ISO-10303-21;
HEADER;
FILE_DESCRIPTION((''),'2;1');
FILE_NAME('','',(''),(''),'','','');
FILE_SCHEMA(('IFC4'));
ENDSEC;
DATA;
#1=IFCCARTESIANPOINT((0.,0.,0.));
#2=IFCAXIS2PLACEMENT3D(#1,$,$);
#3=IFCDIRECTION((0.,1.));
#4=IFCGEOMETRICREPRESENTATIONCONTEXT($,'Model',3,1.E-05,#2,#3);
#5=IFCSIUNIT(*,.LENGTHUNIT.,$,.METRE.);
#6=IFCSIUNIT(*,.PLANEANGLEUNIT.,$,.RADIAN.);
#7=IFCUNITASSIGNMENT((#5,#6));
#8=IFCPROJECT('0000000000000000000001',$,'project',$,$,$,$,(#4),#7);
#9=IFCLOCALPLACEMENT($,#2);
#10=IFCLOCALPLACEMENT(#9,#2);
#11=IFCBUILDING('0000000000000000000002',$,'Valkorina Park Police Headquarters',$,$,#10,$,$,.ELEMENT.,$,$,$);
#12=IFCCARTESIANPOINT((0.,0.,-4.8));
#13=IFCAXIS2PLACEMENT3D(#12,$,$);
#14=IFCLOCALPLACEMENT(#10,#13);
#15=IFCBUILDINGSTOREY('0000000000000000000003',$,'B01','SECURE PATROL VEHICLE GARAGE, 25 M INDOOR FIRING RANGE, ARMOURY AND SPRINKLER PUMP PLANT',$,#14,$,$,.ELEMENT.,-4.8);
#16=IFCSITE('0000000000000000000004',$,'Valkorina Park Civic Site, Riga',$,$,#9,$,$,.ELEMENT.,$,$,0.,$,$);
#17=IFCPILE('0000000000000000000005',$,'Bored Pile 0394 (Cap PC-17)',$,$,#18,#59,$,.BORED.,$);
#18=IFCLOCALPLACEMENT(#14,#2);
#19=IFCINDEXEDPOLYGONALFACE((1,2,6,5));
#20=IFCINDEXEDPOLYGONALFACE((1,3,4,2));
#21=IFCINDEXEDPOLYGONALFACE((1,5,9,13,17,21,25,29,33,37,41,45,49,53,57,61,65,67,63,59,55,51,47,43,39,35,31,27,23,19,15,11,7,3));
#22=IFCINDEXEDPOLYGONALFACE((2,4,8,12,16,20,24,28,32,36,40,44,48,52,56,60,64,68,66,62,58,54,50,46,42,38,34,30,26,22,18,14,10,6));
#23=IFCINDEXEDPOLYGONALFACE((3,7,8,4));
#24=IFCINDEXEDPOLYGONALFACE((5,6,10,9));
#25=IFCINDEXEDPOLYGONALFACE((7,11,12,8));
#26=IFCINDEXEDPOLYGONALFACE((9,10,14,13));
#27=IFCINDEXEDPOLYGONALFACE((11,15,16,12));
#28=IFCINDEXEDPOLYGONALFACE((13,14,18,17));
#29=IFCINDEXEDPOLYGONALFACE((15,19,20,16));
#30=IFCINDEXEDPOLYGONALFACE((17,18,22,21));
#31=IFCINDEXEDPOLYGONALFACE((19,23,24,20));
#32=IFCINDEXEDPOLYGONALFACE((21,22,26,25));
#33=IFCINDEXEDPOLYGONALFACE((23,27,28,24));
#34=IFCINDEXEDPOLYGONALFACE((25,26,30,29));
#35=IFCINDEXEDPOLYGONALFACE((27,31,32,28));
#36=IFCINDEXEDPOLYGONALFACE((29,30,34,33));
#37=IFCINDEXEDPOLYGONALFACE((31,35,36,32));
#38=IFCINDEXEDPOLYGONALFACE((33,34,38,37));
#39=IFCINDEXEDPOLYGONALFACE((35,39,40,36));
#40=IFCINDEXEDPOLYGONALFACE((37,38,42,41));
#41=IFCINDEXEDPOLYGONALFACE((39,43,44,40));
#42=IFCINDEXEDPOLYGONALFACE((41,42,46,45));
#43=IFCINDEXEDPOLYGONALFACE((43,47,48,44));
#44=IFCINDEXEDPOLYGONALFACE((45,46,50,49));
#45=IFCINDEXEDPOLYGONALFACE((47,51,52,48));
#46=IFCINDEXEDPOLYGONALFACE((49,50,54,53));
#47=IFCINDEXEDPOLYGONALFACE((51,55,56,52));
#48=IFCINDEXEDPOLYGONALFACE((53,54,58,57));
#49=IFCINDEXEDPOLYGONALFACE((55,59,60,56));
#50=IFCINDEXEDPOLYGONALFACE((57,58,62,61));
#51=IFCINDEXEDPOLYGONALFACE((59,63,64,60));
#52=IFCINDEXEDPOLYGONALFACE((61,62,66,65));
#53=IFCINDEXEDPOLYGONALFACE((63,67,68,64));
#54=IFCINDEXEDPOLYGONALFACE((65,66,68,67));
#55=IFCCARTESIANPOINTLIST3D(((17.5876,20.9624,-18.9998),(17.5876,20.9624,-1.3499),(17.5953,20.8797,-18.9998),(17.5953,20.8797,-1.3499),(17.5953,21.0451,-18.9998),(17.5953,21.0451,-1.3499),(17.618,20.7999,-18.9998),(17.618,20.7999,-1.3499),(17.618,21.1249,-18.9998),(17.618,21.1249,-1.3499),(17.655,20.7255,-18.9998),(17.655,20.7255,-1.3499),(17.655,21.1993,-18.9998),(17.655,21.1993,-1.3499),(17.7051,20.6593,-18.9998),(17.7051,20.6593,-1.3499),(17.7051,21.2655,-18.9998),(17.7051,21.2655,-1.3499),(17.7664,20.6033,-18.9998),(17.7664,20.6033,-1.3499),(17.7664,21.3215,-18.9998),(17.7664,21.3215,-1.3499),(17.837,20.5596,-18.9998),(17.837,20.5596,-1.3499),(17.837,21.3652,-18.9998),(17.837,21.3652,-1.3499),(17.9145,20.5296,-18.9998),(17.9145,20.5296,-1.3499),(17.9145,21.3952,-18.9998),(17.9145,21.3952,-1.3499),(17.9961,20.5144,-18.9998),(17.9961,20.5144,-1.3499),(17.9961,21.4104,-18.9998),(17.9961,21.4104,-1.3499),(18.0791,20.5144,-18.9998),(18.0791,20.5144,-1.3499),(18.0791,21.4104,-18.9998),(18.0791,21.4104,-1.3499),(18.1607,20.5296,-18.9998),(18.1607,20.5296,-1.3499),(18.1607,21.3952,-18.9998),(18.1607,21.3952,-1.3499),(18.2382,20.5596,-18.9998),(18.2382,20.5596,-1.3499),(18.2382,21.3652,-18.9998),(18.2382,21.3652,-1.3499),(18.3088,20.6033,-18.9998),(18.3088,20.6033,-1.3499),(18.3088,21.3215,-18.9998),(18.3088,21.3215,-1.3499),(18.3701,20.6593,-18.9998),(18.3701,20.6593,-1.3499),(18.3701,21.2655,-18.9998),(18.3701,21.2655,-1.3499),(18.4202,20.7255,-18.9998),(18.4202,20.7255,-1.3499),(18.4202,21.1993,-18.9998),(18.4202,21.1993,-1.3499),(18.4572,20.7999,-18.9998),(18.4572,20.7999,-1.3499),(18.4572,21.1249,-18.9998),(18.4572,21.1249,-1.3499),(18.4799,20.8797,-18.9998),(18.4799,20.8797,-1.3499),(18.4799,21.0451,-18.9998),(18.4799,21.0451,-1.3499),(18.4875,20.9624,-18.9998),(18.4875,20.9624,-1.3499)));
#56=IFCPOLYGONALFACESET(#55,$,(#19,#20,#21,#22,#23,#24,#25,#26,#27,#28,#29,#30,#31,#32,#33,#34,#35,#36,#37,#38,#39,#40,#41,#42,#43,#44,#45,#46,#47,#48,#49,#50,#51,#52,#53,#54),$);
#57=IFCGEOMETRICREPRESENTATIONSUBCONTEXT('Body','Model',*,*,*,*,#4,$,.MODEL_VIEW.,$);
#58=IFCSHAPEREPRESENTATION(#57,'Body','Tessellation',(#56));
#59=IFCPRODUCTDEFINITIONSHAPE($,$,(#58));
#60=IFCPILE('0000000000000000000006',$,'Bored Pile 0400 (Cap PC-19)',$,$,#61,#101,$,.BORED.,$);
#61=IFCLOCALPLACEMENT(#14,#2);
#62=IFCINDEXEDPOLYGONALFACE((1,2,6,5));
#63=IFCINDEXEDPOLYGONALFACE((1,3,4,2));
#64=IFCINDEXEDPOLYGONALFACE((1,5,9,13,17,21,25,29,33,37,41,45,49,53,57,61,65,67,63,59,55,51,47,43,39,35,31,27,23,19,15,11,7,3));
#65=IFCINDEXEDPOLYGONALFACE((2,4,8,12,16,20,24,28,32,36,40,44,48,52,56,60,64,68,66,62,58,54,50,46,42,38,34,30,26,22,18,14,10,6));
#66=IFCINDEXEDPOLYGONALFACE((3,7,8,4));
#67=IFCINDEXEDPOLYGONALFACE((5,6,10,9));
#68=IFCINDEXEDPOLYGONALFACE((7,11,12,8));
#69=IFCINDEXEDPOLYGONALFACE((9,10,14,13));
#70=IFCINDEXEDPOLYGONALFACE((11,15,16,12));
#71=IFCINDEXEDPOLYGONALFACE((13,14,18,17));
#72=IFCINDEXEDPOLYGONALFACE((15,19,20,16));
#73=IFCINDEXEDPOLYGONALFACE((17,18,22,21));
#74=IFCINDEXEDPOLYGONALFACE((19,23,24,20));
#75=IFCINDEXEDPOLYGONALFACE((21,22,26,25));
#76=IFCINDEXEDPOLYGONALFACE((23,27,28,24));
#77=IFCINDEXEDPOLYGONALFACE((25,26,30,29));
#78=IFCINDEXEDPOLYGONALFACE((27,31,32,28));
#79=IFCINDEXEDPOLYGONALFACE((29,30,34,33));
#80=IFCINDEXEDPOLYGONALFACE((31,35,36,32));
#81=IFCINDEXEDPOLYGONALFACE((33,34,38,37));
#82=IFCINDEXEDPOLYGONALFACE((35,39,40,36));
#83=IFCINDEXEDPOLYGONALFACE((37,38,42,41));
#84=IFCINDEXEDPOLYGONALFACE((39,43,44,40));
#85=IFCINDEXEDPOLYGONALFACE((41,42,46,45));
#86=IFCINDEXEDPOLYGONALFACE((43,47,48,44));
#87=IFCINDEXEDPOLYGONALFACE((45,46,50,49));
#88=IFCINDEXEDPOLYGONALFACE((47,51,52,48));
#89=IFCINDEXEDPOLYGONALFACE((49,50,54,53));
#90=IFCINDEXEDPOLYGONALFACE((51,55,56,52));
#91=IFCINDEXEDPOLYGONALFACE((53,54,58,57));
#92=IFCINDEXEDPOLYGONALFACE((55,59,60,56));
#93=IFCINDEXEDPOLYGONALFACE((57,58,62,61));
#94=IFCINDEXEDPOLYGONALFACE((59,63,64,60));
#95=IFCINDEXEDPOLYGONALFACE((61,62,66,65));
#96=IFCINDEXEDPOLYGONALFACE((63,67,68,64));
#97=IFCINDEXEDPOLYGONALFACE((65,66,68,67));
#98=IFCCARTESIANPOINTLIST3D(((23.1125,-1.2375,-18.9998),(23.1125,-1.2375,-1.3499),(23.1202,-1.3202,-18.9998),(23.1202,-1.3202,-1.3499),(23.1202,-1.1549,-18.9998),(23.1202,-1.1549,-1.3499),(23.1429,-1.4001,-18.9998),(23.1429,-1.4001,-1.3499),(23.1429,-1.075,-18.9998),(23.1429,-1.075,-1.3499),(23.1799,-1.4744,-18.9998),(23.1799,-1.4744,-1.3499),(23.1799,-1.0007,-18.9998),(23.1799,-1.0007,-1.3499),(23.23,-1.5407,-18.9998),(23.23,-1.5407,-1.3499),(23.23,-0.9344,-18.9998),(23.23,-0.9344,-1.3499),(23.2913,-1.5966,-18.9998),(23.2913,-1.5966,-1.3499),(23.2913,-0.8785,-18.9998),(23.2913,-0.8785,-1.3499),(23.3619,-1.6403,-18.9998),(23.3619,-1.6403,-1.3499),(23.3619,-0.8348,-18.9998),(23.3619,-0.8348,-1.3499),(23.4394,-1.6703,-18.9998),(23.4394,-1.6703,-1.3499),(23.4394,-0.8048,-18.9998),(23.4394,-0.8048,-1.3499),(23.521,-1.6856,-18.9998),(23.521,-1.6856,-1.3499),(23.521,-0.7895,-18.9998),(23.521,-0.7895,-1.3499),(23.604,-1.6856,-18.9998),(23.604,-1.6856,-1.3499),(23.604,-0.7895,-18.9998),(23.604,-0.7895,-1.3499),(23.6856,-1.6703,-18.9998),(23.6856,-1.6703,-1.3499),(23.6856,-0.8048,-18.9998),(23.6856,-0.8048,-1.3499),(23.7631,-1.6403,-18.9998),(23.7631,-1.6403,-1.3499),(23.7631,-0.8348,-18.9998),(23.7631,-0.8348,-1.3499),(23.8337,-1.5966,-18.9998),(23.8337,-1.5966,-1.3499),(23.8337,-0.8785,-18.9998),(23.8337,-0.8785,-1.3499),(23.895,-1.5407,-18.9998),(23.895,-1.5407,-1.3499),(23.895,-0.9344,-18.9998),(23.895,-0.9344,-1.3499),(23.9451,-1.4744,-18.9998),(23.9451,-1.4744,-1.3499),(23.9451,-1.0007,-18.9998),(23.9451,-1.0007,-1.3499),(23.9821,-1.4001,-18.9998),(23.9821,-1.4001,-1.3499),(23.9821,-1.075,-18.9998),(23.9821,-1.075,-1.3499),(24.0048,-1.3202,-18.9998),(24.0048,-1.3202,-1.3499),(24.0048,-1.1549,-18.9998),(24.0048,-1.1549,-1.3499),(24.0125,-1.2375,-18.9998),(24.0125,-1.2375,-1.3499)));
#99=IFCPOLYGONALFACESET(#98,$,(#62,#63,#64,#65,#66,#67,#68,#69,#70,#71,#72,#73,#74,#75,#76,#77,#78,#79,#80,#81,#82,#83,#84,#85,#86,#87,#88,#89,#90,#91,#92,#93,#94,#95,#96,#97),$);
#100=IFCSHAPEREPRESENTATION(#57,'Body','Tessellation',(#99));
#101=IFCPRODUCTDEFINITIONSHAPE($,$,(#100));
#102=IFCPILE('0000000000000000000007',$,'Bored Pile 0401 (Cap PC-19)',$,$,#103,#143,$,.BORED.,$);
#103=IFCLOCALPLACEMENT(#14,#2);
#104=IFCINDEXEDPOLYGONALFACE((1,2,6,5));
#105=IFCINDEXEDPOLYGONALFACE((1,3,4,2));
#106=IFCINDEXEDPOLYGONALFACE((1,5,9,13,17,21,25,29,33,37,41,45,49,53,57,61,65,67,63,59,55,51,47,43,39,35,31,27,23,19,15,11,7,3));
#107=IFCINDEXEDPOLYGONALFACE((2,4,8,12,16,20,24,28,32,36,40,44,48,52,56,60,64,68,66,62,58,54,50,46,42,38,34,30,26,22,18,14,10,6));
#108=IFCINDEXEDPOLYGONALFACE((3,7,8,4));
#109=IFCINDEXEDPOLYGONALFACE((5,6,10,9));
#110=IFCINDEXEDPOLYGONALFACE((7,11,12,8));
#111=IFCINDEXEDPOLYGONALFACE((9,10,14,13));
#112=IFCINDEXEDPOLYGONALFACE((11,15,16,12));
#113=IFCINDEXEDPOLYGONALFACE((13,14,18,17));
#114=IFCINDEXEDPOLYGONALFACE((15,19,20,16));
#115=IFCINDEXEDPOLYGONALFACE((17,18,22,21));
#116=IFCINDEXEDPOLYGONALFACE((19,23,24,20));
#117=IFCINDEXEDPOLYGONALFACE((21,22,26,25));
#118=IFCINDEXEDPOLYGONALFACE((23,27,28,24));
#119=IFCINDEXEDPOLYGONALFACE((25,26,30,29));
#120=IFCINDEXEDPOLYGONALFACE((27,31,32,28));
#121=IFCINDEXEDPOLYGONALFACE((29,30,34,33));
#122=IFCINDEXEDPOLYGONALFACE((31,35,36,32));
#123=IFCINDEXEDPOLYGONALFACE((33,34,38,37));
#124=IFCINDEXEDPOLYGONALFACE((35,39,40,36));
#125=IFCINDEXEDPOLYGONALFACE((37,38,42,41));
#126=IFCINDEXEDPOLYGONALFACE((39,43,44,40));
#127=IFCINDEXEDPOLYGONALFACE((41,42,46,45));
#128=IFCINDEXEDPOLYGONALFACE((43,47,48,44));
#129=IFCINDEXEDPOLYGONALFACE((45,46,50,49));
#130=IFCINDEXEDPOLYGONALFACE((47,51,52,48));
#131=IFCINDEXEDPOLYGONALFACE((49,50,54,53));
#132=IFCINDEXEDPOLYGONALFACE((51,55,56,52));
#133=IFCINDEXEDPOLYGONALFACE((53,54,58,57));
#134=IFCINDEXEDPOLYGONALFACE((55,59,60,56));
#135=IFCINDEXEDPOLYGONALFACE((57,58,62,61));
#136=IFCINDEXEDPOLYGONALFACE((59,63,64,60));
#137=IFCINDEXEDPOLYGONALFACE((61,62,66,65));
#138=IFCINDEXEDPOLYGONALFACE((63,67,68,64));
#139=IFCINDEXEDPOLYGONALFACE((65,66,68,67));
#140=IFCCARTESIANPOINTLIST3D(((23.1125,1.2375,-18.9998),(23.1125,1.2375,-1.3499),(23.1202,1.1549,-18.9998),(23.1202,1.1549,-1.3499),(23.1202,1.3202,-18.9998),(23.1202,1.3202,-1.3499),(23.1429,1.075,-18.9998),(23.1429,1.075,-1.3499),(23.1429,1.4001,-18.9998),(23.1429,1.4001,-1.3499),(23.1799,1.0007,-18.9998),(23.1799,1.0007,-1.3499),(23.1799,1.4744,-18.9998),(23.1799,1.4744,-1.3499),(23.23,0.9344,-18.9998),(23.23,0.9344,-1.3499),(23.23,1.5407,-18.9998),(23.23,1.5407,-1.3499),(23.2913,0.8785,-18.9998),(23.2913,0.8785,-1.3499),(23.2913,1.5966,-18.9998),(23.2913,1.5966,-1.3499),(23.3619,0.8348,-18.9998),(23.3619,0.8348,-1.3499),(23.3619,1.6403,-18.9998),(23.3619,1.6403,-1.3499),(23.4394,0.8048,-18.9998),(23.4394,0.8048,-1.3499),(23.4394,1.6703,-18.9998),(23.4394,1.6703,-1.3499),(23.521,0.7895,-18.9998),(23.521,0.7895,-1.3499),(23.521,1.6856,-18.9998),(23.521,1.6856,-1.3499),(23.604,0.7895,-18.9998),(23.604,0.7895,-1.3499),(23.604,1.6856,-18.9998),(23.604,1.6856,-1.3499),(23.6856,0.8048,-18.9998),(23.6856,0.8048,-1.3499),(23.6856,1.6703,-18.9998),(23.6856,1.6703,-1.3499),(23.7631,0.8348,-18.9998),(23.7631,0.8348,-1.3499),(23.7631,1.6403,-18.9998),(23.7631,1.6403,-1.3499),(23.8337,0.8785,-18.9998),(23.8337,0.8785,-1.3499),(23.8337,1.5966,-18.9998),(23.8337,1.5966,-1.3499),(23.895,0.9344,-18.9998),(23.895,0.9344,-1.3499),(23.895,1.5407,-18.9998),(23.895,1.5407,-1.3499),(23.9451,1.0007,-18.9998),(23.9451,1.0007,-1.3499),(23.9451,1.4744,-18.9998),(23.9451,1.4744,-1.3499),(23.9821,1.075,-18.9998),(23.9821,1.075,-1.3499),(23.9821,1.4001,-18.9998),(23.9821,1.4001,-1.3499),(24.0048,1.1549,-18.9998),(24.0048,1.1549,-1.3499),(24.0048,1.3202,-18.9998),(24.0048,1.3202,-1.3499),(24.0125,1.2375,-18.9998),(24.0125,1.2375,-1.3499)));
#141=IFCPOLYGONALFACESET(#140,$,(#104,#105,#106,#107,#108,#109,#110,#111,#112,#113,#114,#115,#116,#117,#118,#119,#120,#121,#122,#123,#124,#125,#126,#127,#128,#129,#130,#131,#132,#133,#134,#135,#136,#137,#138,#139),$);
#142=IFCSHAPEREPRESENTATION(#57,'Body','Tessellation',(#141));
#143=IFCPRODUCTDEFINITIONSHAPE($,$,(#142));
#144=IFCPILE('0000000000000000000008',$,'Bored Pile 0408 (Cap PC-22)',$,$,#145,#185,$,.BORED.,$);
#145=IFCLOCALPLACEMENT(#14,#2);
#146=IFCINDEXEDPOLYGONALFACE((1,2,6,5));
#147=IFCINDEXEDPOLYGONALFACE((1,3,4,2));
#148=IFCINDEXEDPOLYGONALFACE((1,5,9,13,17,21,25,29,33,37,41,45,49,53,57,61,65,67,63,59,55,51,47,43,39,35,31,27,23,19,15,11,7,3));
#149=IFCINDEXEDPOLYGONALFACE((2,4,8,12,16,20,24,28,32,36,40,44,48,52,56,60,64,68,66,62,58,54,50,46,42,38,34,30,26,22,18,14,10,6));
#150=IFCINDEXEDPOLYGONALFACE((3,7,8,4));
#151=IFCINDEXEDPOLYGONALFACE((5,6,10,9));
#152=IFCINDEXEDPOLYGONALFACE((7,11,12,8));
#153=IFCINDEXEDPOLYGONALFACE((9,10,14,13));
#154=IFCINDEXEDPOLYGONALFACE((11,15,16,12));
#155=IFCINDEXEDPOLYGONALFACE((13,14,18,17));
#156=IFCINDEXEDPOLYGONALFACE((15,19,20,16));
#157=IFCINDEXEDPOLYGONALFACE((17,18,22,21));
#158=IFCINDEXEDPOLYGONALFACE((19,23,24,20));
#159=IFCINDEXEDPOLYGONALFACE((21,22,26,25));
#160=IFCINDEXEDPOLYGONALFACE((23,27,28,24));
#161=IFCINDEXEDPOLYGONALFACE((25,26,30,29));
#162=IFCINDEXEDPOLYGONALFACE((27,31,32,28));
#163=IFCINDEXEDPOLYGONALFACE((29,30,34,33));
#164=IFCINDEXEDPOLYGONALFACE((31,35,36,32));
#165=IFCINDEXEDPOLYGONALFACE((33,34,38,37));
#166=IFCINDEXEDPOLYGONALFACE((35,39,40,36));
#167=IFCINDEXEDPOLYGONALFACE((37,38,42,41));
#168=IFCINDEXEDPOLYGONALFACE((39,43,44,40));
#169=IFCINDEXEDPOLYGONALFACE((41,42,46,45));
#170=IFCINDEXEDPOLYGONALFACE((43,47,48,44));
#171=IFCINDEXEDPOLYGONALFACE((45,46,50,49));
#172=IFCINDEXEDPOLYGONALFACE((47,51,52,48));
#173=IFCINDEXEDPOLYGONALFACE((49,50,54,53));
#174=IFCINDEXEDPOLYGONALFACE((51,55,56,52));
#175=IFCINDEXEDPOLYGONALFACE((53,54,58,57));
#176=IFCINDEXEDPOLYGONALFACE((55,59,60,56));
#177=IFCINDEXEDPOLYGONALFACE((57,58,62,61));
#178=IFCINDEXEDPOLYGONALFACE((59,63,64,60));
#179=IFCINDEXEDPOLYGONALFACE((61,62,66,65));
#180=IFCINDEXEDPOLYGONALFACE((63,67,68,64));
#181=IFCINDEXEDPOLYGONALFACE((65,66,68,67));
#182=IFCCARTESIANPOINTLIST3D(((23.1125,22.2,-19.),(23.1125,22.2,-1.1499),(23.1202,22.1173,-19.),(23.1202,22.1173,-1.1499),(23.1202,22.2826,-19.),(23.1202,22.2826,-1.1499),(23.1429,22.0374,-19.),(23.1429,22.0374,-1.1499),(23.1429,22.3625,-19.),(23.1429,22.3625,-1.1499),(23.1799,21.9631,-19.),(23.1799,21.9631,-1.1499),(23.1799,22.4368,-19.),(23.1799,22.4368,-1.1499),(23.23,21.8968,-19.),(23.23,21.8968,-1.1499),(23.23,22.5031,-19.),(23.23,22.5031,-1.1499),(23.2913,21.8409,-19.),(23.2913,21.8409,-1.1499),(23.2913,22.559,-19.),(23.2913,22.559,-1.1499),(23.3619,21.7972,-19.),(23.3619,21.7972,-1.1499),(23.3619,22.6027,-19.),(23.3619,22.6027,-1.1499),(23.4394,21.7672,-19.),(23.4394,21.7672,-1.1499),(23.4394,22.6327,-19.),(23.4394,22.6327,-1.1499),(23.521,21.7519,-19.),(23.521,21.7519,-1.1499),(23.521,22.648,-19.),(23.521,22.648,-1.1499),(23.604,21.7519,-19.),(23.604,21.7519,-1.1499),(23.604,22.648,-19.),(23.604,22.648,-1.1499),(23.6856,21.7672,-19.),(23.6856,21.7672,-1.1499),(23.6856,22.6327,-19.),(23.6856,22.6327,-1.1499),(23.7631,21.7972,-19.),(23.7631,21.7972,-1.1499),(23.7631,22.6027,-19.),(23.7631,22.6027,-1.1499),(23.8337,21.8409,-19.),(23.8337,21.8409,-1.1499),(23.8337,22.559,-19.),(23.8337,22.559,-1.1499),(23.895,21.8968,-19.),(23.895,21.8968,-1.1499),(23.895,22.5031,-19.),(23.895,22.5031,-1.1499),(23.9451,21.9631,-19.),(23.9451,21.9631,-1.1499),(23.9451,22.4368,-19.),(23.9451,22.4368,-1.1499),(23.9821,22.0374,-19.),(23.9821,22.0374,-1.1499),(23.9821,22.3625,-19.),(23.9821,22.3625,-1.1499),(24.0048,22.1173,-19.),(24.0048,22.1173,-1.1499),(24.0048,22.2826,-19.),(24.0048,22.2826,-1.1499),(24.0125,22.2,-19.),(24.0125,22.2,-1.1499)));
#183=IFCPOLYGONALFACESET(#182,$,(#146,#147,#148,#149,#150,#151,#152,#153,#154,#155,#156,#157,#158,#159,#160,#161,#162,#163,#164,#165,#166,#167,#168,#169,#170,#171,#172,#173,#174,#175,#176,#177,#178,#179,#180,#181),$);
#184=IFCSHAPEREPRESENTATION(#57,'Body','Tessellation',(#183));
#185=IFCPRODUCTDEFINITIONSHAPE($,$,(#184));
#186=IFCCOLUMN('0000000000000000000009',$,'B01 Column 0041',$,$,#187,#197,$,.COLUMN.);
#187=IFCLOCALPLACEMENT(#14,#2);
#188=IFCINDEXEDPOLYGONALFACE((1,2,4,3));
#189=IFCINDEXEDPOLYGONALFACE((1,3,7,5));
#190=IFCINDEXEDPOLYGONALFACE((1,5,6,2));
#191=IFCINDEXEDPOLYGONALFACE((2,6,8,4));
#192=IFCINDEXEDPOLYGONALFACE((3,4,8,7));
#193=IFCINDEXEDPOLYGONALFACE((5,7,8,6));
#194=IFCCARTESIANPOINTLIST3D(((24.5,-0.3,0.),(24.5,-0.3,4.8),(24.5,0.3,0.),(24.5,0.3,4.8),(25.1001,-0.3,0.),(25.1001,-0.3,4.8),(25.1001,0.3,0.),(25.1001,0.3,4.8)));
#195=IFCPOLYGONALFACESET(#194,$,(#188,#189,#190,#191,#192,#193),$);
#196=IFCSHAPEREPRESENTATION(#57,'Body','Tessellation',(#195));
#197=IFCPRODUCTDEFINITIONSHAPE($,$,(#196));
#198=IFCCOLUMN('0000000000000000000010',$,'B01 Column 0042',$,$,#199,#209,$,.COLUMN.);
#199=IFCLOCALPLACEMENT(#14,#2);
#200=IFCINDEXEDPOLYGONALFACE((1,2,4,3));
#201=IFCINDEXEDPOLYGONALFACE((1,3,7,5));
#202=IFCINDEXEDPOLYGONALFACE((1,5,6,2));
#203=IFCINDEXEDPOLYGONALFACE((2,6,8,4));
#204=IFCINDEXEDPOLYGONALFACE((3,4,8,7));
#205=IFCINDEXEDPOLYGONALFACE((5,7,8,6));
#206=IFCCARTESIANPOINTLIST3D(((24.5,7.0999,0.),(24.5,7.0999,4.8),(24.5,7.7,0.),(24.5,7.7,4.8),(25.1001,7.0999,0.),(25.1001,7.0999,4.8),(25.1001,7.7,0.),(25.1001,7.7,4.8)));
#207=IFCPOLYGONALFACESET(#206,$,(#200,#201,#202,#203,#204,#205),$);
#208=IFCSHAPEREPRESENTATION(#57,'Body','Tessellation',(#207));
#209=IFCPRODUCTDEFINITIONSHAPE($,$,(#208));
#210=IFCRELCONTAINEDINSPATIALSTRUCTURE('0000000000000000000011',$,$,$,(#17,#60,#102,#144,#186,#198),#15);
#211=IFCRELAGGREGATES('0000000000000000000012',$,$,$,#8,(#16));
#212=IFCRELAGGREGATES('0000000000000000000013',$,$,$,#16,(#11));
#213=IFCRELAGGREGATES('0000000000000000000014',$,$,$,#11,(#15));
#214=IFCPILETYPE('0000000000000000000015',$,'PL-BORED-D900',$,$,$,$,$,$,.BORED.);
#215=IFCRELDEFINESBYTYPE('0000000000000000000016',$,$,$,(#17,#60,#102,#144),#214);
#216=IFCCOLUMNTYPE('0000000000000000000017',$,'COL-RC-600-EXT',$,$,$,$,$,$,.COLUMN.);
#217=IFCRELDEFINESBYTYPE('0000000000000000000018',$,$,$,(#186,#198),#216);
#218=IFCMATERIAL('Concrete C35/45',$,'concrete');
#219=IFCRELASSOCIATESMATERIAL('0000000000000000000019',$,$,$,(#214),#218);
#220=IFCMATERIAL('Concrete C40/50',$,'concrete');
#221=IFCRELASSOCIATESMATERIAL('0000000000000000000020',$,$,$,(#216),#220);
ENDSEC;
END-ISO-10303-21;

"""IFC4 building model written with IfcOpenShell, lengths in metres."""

from ifc_helpers import new_model, si_unit, direction, frame, origin, origin_2d, place, context, subcontext, project, spatial, rectangle, circle, extrude, material, material_profile, profile_set, type_object, element, save


model = new_model("IFC4")

# Units and contexts
model_context = context("Model", 3, precision=1e-05, world=origin(), true_north=direction((0.0, 1.0)))
body_context = subcontext(model_context, "Body", "Model", "MODEL_VIEW")
ifc_project = project(units=[si_unit("LENGTHUNIT", "METRE"), si_unit("PLANEANGLEUNIT", "RADIAN")], contexts=[model_context])

# Site, building, storey
site_placement = place(None, origin())
site = spatial("IfcSite", under=ifc_project, at=site_placement, Name="Valkorina Park Civic Site, Riga", CompositionType="ELEMENT", RefElevation=0.0)
building_placement = place(site_placement, origin())
building = spatial("IfcBuilding", under=site, at=building_placement, Name="Valkorina Park Police Headquarters", CompositionType="ELEMENT")
storey_placement = place(building_placement, frame((0.0, 0.0, -4.8)))
storey = spatial("IfcBuildingStorey", under=building, at=storey_placement, Name="B01", Description="SECURE PATROL VEHICLE GARAGE, 25 M INDOOR FIRING RANGE, ARMOURY AND SPRINKLER PUMP PLANT", CompositionType="ELEMENT", Elevation=-4.8)

# Shared definitions
ifc_material_1 = material(Name="Concrete C40/50", Category="concrete")

# Piles
ifc_material_2 = material(Name="Concrete C35/45", Category="concrete")
ifc_material_profile_1 = material_profile(ifc_material_2, circle(Radius=0.45, at=origin_2d()), Name="BORED PILE D900")
ifc_profile_set_1 = profile_set([ifc_material_profile_1], Name="Concrete C35/45")
pile_type_1 = type_object("IfcPileType", Name="PL-BORED-D900", PredefinedType="BORED", material=ifc_profile_set_1)
for number, where, z_axis, x_axis, name in (
    (1, (18.0376, 20.9624, -1.3499), (0.0, 0.0, -1.0), (1.0, 0.0, 0.0), "Bored Pile 0394 (Cap PC-17)"),
    (2, (23.5625, -1.2375, -1.3499), (0.0, 0.0, -1.0), (1.0, 0.0, 0.0), "Bored Pile 0400 (Cap PC-19)"),
    (3, (23.5625, 1.2375, -1.3499), (0.0, 0.0, -1.0), (1.0, 0.0, 0.0), "Bored Pile 0401 (Cap PC-19)"),
):
    element("IfcPile", number, at=place(storey_placement, frame(where, z_axis=z_axis, x_axis=x_axis)), inside=storey, type_object=pile_type_1, Name=name, PredefinedType="BORED", context=body_context, shape_type="SweptSolid", body=[
        extrude(circle(Radius=0.45, at=origin_2d()), origin(), (0.0, 0.0, 1.0), 17.6499),
    ])
pile_1_placement = place(storey_placement, frame((23.5625, 22.2, -1.1499), z_axis=(0.0, 0.0, -1.0), x_axis=(1.0, 0.0, 0.0)))
element("IfcPile", 4, at=pile_1_placement, inside=storey, type_object=pile_type_1, Name="Bored Pile 0408 (Cap PC-22)", PredefinedType="BORED", context=body_context, shape_type="SweptSolid", body=[
    extrude(circle(Radius=0.45, at=origin_2d()), origin(), (0.0, 0.0, 1.0), 17.8501),
])

# Columns
ifc_material_profile_2 = material_profile(ifc_material_1, rectangle(XDim=0.6001, YDim=0.6001, at=origin_2d()), Name="RC COL 600x600")
ifc_profile_set_2 = profile_set([ifc_material_profile_2], Name="Concrete C40/50")
column_type = type_object("IfcColumnType", Name="COL-RC-600-EXT", PredefinedType="COLUMN", material=ifc_profile_set_2)
for number, where, z_axis, x_axis, name in (
    (5, (24.8, 0.0, 0.0), (0.0, 0.0, 1.0), (1.0, 0.0, 0.0), "B01 Column 0041"),
    (6, (24.8, 7.3999, 0.0), (0.0, 0.0, 1.0), (1.0, 0.0, 0.0), "B01 Column 0042"),
):
    element("IfcColumn", number, at=place(storey_placement, frame(where, z_axis=z_axis, x_axis=x_axis)), inside=storey, type_object=column_type, Name=name, PredefinedType="COLUMN", context=body_context, shape_type="SweptSolid", body=[
        extrude(rectangle(XDim=0.6001, YDim=0.6001, at=origin_2d()), origin(), (0.0, 0.0, 1.0), 4.8),
    ])

save(model, "model.ifc")
